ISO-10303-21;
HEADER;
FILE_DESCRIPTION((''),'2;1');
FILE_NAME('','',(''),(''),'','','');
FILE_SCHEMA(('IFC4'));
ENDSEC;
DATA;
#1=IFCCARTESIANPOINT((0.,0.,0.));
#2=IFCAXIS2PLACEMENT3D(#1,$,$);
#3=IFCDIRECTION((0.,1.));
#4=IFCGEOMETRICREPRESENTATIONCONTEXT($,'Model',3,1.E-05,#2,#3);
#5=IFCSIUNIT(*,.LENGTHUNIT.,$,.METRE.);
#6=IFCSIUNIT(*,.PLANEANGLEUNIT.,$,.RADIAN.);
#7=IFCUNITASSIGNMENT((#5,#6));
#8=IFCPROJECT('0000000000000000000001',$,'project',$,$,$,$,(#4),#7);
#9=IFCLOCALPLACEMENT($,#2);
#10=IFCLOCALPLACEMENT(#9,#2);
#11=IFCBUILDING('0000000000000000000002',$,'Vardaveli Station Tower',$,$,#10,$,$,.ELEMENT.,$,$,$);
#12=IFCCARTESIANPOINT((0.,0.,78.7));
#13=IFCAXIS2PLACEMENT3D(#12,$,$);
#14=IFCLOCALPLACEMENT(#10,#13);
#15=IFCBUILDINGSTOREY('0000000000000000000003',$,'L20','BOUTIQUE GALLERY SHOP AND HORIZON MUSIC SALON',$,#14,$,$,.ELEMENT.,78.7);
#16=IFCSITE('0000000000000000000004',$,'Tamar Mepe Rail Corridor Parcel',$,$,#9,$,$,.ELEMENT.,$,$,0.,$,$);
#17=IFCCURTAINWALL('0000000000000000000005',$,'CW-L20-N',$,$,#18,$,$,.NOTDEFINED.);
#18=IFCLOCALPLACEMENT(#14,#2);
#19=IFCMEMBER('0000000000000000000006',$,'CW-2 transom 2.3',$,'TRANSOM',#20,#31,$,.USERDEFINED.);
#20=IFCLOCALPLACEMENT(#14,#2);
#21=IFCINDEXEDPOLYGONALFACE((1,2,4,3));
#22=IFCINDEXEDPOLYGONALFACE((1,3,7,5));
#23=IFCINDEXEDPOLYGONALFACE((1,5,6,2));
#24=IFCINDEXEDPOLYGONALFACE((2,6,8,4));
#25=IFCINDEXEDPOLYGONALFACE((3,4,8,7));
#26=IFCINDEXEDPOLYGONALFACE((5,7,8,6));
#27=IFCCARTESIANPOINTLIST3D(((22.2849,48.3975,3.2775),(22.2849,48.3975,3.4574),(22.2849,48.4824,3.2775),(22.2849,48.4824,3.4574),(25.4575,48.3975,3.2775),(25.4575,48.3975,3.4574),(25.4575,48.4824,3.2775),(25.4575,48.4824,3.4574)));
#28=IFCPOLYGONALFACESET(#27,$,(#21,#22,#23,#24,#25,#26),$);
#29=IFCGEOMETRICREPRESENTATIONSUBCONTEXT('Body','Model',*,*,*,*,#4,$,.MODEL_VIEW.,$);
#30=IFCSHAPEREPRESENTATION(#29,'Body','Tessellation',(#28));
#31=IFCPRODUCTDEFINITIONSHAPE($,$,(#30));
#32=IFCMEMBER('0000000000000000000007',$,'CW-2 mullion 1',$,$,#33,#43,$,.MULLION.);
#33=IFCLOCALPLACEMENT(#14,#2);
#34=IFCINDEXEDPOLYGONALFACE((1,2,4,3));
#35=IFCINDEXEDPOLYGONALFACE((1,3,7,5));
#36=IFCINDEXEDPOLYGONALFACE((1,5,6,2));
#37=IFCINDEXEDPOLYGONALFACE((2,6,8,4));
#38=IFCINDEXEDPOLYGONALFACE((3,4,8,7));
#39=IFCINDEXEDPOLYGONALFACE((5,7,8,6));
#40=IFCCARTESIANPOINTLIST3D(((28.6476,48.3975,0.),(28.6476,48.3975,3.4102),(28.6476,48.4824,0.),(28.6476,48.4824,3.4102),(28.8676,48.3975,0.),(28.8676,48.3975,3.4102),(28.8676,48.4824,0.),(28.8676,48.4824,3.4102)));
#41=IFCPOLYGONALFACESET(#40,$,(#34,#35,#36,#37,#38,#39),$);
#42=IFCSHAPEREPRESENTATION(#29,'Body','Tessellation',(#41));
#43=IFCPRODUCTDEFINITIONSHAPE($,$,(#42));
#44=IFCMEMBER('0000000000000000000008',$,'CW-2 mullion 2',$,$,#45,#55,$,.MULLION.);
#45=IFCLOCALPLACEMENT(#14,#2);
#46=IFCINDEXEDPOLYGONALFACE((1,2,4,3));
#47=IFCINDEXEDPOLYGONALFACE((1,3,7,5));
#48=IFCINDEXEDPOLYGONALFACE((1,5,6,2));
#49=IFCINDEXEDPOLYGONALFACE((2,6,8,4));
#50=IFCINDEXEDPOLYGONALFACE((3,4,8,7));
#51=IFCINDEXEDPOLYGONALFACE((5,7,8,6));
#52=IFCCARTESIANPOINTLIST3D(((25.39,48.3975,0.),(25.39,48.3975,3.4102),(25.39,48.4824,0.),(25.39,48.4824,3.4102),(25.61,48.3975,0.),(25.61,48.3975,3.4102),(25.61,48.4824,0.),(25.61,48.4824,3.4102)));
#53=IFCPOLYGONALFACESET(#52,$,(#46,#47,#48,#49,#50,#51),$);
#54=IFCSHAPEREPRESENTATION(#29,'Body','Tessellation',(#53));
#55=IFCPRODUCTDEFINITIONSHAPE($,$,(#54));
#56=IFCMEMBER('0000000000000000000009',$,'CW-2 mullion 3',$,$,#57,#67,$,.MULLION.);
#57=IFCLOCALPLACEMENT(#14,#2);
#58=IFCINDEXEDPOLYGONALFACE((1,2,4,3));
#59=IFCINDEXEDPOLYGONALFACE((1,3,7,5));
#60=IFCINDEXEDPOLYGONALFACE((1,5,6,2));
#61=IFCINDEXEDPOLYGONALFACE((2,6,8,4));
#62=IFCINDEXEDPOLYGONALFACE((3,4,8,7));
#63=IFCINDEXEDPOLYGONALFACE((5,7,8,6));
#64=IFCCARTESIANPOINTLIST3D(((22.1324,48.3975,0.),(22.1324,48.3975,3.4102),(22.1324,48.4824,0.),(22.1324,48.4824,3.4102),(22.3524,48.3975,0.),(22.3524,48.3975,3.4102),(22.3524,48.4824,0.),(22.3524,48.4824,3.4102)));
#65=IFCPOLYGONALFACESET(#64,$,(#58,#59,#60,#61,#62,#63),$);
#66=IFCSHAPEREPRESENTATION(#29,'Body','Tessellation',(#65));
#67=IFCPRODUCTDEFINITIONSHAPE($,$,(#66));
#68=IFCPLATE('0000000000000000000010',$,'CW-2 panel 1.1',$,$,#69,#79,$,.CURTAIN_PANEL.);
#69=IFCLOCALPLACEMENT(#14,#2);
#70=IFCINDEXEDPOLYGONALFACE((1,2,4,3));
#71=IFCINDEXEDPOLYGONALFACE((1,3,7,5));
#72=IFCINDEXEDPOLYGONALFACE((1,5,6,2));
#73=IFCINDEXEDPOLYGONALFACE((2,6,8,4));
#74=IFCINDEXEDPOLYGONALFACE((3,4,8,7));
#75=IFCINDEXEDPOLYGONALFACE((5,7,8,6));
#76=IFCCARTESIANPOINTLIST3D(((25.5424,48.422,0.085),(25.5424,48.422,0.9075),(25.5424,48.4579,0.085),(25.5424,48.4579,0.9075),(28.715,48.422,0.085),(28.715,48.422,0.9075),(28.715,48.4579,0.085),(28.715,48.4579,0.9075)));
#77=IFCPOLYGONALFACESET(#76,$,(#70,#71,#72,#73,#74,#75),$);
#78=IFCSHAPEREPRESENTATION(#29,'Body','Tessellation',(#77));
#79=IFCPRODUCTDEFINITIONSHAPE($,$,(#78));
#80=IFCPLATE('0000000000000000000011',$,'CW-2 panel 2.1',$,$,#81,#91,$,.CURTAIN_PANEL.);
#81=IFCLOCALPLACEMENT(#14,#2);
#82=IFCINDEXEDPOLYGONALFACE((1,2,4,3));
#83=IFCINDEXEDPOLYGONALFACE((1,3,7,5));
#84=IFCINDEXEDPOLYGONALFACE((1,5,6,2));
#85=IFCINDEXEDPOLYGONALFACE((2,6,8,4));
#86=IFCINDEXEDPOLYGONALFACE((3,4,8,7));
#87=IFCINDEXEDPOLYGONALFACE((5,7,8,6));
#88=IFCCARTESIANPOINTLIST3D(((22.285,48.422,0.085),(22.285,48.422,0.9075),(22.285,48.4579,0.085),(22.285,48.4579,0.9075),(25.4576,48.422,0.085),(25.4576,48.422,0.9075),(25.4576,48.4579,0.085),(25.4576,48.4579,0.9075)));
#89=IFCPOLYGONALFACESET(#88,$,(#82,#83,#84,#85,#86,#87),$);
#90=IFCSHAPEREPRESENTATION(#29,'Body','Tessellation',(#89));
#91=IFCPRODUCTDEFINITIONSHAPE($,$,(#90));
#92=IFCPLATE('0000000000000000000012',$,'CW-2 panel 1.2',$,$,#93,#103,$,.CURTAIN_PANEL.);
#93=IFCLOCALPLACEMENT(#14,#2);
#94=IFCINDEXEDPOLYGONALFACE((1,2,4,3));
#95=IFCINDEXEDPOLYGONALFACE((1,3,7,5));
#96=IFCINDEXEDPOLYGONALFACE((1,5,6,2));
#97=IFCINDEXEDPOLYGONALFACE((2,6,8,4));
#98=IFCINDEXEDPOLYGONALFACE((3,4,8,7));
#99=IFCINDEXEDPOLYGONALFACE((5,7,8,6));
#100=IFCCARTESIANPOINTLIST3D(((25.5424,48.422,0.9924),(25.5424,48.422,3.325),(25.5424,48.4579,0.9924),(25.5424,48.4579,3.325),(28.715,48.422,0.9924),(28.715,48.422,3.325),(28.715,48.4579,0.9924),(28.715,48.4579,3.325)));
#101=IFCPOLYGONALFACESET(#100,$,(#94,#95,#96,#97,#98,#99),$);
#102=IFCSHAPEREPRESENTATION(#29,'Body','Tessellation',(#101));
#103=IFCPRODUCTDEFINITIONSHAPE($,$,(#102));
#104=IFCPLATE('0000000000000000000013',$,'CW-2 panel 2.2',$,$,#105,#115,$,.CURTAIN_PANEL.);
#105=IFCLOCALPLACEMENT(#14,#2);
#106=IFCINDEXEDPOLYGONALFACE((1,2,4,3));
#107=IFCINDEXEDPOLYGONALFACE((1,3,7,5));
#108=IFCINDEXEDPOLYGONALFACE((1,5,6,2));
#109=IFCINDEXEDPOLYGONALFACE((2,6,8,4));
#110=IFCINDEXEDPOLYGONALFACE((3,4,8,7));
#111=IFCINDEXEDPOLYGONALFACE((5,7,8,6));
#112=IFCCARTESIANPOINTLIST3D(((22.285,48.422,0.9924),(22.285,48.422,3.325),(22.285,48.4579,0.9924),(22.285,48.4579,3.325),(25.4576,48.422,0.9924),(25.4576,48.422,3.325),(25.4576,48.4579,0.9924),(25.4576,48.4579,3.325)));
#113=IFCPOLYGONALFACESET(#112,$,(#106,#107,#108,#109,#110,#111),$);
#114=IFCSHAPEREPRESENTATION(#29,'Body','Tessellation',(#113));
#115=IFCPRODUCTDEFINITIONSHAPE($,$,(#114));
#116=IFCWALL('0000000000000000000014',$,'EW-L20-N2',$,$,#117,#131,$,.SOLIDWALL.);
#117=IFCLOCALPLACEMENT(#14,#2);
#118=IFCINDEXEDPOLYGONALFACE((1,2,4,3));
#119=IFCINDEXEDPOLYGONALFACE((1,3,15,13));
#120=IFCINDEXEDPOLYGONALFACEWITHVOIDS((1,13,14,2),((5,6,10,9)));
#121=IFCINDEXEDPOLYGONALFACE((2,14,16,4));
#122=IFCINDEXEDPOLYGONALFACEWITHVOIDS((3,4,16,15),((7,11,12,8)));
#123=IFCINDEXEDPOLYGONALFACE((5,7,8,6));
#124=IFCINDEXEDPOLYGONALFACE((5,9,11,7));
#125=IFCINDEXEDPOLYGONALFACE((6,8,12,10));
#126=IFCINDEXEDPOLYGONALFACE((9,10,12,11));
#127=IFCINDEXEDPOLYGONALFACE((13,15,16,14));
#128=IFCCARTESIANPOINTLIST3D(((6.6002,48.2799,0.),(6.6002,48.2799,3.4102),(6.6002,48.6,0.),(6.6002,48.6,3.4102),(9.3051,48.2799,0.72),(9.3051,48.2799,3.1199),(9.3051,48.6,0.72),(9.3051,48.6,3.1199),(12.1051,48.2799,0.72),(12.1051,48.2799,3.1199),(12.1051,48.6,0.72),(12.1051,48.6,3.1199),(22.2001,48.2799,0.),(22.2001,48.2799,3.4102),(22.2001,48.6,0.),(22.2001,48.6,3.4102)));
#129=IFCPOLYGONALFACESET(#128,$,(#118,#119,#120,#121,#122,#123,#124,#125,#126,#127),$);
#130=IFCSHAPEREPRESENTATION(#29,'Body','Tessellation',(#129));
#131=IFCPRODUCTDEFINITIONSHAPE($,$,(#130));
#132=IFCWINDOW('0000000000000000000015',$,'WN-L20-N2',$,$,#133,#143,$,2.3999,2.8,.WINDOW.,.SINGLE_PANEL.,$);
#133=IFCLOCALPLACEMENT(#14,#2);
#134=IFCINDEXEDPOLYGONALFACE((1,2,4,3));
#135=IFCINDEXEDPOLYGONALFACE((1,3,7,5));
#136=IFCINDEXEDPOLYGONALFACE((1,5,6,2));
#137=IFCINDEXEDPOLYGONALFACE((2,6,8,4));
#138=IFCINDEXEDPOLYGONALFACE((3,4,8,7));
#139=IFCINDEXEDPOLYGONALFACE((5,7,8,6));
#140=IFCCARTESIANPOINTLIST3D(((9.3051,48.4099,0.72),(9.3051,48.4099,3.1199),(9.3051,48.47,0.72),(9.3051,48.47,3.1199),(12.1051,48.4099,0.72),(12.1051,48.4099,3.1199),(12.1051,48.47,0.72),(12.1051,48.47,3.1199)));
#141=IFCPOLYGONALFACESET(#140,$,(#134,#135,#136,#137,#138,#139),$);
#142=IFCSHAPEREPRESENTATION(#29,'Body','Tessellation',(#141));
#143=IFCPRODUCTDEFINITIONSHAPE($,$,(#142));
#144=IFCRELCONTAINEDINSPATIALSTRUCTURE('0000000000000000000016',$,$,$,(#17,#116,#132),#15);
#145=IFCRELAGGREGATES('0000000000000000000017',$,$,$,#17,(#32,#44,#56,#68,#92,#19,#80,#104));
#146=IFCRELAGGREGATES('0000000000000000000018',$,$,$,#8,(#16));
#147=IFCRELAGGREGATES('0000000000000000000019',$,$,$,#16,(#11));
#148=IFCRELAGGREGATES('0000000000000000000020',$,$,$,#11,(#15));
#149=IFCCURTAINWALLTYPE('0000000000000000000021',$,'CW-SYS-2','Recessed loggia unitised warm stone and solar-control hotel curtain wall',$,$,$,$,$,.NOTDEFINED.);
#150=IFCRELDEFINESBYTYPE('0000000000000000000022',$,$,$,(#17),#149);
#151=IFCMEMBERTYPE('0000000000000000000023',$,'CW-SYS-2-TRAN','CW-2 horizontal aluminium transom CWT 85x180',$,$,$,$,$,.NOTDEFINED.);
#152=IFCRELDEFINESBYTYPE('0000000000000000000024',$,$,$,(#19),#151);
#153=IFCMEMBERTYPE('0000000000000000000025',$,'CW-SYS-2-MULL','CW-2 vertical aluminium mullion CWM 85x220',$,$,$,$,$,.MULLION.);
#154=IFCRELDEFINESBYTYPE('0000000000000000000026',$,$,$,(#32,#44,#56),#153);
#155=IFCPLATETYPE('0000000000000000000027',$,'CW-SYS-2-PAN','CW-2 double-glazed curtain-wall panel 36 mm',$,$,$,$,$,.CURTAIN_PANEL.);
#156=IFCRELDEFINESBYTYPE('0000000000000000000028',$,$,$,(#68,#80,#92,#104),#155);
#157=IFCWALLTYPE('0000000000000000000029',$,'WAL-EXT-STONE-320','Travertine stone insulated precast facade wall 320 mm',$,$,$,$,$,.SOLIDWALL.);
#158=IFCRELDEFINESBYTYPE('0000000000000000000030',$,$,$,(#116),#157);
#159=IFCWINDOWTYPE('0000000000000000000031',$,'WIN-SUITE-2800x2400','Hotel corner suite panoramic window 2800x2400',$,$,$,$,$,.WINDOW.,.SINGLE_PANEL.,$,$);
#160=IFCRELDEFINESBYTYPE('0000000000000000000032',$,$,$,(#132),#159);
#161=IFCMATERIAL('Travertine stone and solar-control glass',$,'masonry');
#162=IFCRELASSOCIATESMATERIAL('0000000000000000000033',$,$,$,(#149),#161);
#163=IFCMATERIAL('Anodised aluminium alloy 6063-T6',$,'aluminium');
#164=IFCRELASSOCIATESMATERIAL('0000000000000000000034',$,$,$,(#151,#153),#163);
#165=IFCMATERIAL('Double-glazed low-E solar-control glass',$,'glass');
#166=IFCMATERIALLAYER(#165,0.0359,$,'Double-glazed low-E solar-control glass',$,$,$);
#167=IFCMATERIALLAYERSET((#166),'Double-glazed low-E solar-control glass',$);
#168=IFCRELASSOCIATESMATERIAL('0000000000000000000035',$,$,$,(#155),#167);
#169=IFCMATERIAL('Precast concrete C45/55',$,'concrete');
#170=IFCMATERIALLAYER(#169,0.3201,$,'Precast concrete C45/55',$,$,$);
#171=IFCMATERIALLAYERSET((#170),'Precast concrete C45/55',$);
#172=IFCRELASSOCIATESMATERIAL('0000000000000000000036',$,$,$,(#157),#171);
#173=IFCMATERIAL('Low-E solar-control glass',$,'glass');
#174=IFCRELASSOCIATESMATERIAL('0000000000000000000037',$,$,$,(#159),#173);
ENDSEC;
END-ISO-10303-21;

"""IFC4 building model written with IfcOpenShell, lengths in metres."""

from ifc_helpers import new_model, si_unit, direction, frame, frame_2d, origin, origin_2d, place, context, subcontext, project, spatial, rectangle, extrude, source, transform, mapped, material, layer, layer_set, material_profile, profile_set, type_object, element, fill, aggregate, save


model = new_model("IFC4")

# Units and contexts
model_context = context("Model", 3, precision=1e-05, world=origin(), true_north=direction((0.0, 1.0)))
body_context = subcontext(model_context, "Body", "Model", "MODEL_VIEW")
ifc_project = project(units=[si_unit("LENGTHUNIT", "METRE"), si_unit("PLANEANGLEUNIT", "RADIAN")], contexts=[model_context])

# Site, building, storey
site_placement = place(None, origin())
site = spatial("IfcSite", under=ifc_project, at=site_placement, Name="Tamar Mepe Rail Corridor Parcel", CompositionType="ELEMENT", RefElevation=0.0)
building_placement = place(site_placement, origin())
building = spatial("IfcBuilding", under=site, at=building_placement, Name="Vardaveli Station Tower", CompositionType="ELEMENT")
storey_placement = place(building_placement, frame((0.0, 0.0, 78.7)))
storey = spatial("IfcBuildingStorey", under=building, at=storey_placement, Name="L20", Description="BOUTIQUE GALLERY SHOP AND HORIZON MUSIC SALON", CompositionType="ELEMENT", Elevation=78.7)

# Shared definitions
ifc_material_1 = material(Name="Precast concrete C45/55", Category="concrete")

# Curtain wall, members, plates
ifc_material_2 = material(Name="Travertine stone and solar-control glass", Category="masonry")
curtain_wall_type = type_object("IfcCurtainWallType", Name="CW-SYS-2", Description="Recessed loggia unitised warm stone and solar-control hotel curtain wall", PredefinedType="NOTDEFINED", material=ifc_material_2)
curtain_wall_placement = place(storey_placement, origin())
curtain_wall = element("IfcCurtainWall", 1, at=curtain_wall_placement, inside=storey, type_object=curtain_wall_type, Name="CW-L20-N", PredefinedType="NOTDEFINED")
ifc_material_3 = material(Name="Anodised aluminium alloy 6063-T6", Category="aluminium")
ifc_material_profile_1 = material_profile(ifc_material_3, rectangle(XDim=0.085, YDim=0.1799, at=origin_2d()), Name="CWT 85x180")
ifc_profile_set_1 = profile_set([ifc_material_profile_1], Name="Anodised aluminium alloy 6063-T6")
member_type_1 = type_object("IfcMemberType", Name="CW-SYS-2-TRAN", Description="CW-2 horizontal aluminium transom CWT 85x180", PredefinedType="NOTDEFINED", material=ifc_profile_set_1)
shared_shape_1 = source(origin(), body_context, "Body", "SweptSolid", [
    extrude(rectangle(XDim=0.085, YDim=0.1799, at=origin_2d()), origin(), (0.0, 0.0, 1.0), 3.1726),
])
member_1_placement = place(storey_placement, frame((25.4575, 48.4399, 3.3674), z_axis=(-1.0, 0.0, 0.0), x_axis=(0.0, -1.0, 0.0)))
member_1 = element("IfcMember", 2, at=member_1_placement, type_object=member_type_1, Name="CW-2 transom 2.3", ObjectType="TRANSOM", PredefinedType="USERDEFINED", context=body_context, shape_type="MappedRepresentation", body=[
    mapped(shared_shape_1, transform((0.0, 0.0, 0.0), scale=1.0)),
])
ifc_material_profile_2 = material_profile(ifc_material_3, rectangle(XDim=0.085, YDim=0.22, at=origin_2d()), Name="CWM 85x220")
ifc_profile_set_2 = profile_set([ifc_material_profile_2], Name="Anodised aluminium alloy 6063-T6")
member_type_2 = type_object("IfcMemberType", Name="CW-SYS-2-MULL", Description="CW-2 vertical aluminium mullion CWM 85x220", PredefinedType="MULLION", material=ifc_profile_set_2)
shared_shape_2 = source(origin(), body_context, "Body", "SweptSolid", [
    extrude(rectangle(XDim=0.085, YDim=0.22, at=origin_2d()), origin(), (0.0, 0.0, 1.0), 3.4102),
])
member_2_placement = place(storey_placement, frame((28.7576, 48.4399, 0.0), z_axis=(0.0, 0.0, 1.0), x_axis=(0.0, -1.0, 0.0)))
member_2 = element("IfcMember", 3, at=member_2_placement, type_object=member_type_2, Name="CW-2 mullion 1", PredefinedType="MULLION", context=body_context, shape_type="MappedRepresentation", body=[
    mapped(shared_shape_2, transform((0.0, 0.0, 0.0), scale=1.0)),
])
member_3_placement = place(storey_placement, frame((25.5, 48.4399, 0.0), z_axis=(0.0, 0.0, 1.0), x_axis=(0.0, -1.0, 0.0)))
member_3 = element("IfcMember", 4, at=member_3_placement, type_object=member_type_2, Name="CW-2 mullion 2", PredefinedType="MULLION", context=body_context, shape_type="MappedRepresentation", body=[
    mapped(shared_shape_2, transform((0.0, 0.0, 0.0), scale=1.0)),
])
member_4_placement = place(storey_placement, frame((22.2424, 48.4399, 0.0), z_axis=(0.0, 0.0, 1.0), x_axis=(0.0, -1.0, 0.0)))
member_4 = element("IfcMember", 5, at=member_4_placement, type_object=member_type_2, Name="CW-2 mullion 3", PredefinedType="MULLION", context=body_context, shape_type="MappedRepresentation", body=[
    mapped(shared_shape_2, transform((0.0, 0.0, 0.0), scale=1.0)),
])
ifc_material_4 = material(Name="Double-glazed low-E solar-control glass", Category="glass")
ifc_layer_1 = layer(ifc_material_4, 0.0359, Name="Double-glazed low-E solar-control glass")
ifc_layer_set_1 = layer_set([ifc_layer_1], Name="Double-glazed low-E solar-control glass")
plate_type = type_object("IfcPlateType", Name="CW-SYS-2-PAN", Description="CW-2 double-glazed curtain-wall panel 36 mm", PredefinedType="CURTAIN_PANEL", material=ifc_layer_set_1)
shared_shape_3 = source(origin(), body_context, "Body", "SweptSolid", [
    extrude(rectangle(XDim=3.1726, YDim=0.0359, at=origin_2d()), origin(), (0.0, 0.0, 1.0), 0.8225),
])
plate_1_placement = place(storey_placement, frame((27.1287, 48.4399, 0.085), z_axis=(0.0, 0.0, 1.0), x_axis=(-1.0, 0.0, 0.0)))
plate_1 = element("IfcPlate", 6, at=plate_1_placement, type_object=plate_type, Name="CW-2 panel 1.1", PredefinedType="CURTAIN_PANEL", context=body_context, shape_type="MappedRepresentation", body=[
    mapped(shared_shape_3, transform((0.0, 0.0, 0.0), scale=1.0)),
])
plate_2_placement = place(storey_placement, frame((23.8713, 48.4399, 0.085), z_axis=(0.0, 0.0, 1.0), x_axis=(-1.0, 0.0, 0.0)))
plate_2 = element("IfcPlate", 7, at=plate_2_placement, type_object=plate_type, Name="CW-2 panel 2.1", PredefinedType="CURTAIN_PANEL", context=body_context, shape_type="MappedRepresentation", body=[
    mapped(shared_shape_3, transform((0.0, 0.0, 0.0), scale=1.0)),
])
shared_shape_4 = source(origin(), body_context, "Body", "SweptSolid", [
    extrude(rectangle(XDim=3.1726, YDim=0.0359, at=origin_2d()), origin(), (0.0, 0.0, 1.0), 2.3325),
])
plate_3_placement = place(storey_placement, frame((27.1287, 48.4399, 0.9924), z_axis=(0.0, 0.0, 1.0), x_axis=(-1.0, 0.0, 0.0)))
plate_3 = element("IfcPlate", 8, at=plate_3_placement, type_object=plate_type, Name="CW-2 panel 1.2", PredefinedType="CURTAIN_PANEL", context=body_context, shape_type="MappedRepresentation", body=[
    mapped(shared_shape_4, transform((0.0, 0.0, 0.0), scale=1.0)),
])
plate_4_placement = place(storey_placement, frame((23.8713, 48.4399, 0.9924), z_axis=(0.0, 0.0, 1.0), x_axis=(-1.0, 0.0, 0.0)))
plate_4 = element("IfcPlate", 9, at=plate_4_placement, type_object=plate_type, Name="CW-2 panel 2.2", PredefinedType="CURTAIN_PANEL", context=body_context, shape_type="MappedRepresentation", body=[
    mapped(shared_shape_4, transform((0.0, 0.0, 0.0), scale=1.0)),
])
aggregate(curtain_wall, [member_2, member_3, member_4, plate_1, plate_3, member_1, plate_2, plate_4])

# Wall, opening, window
ifc_layer_2 = layer(ifc_material_1, 0.3201, Name="Precast concrete C45/55")
ifc_layer_set_2 = layer_set([ifc_layer_2], Name="Precast concrete C45/55")
wall_type_1 = type_object("IfcWallType", Name="WAL-EXT-STONE-320", Description="Travertine stone insulated precast facade wall 320 mm", PredefinedType="SOLIDWALL", material=ifc_layer_set_2)
shared_shape_5 = source(origin(), body_context, "Body", "SweptSolid", [
    extrude(rectangle(XDim=15.5999, YDim=0.3201, at=frame_2d((7.7998, 0.0))), origin(), (0.0, 0.0, 1.0), 3.4102),
])
wall_1_placement = place(storey_placement, frame((22.2, 48.4399, 0.0), z_axis=(0.0, 0.0, 1.0), x_axis=(-1.0, 0.0, 0.0)))
wall_1 = element("IfcWall", 10, at=wall_1_placement, inside=storey, type_object=wall_type_1, Name="EW-L20-N2", PredefinedType="SOLIDWALL", context=body_context, shape_type="MappedRepresentation", body=[
    mapped(shared_shape_5, transform((0.0, 0.0, 0.0), scale=1.0)),
])
shared_shape_6 = source(origin(), body_context, "Body", "SweptSolid", [
    extrude(rectangle(XDim=2.8, YDim=2.3999, at=frame_2d((1.3999, 1.2))), frame((0.0, 0.1699, 0.0), z_axis=(0.0, -1.0, 0.0), x_axis=(1.0, 0.0, 0.0)), (0.0, 0.0, 1.0), 0.3401),
])
opening_1_placement = place(wall_1_placement, frame((10.095, 0.0, 0.72)))
opening_1 = element("IfcOpeningElement", 11, at=opening_1_placement, cuts=wall_1, PredefinedType="OPENING", context=body_context, shape_type="MappedRepresentation", body=[
    mapped(shared_shape_6, transform((0.0, 0.0, 0.0), scale=1.0)),
])
ifc_material_5 = material(Name="Low-E solar-control glass", Category="glass")
window_type = type_object("IfcWindowType", Name="WIN-SUITE-2800x2400", Description="Hotel corner suite panoramic window 2800x2400", PartitioningType="SINGLE_PANEL", PredefinedType="WINDOW", material=ifc_material_5)
shared_shape_7 = source(origin(), body_context, "Body", "SweptSolid", [
    extrude(rectangle(XDim=2.8, YDim=2.3999, at=frame_2d((1.3999, 1.2))), frame((0.0, 0.03, 0.0), z_axis=(0.0, -1.0, 0.0), x_axis=(1.0, 0.0, 0.0)), (0.0, 0.0, 1.0), 0.0601),
])
window_placement = place(opening_1_placement, origin())
window = element("IfcWindow", 12, at=window_placement, inside=storey, type_object=window_type, Name="WN-L20-N2", OverallHeight=2.3999, OverallWidth=2.8, PartitioningType="SINGLE_PANEL", PredefinedType="WINDOW", context=body_context, shape_type="MappedRepresentation", body=[
    mapped(shared_shape_7, transform((0.0, 0.0, 0.0), scale=1.0)),
])
fill(opening_1, window)

save(model, "model.ifc")
